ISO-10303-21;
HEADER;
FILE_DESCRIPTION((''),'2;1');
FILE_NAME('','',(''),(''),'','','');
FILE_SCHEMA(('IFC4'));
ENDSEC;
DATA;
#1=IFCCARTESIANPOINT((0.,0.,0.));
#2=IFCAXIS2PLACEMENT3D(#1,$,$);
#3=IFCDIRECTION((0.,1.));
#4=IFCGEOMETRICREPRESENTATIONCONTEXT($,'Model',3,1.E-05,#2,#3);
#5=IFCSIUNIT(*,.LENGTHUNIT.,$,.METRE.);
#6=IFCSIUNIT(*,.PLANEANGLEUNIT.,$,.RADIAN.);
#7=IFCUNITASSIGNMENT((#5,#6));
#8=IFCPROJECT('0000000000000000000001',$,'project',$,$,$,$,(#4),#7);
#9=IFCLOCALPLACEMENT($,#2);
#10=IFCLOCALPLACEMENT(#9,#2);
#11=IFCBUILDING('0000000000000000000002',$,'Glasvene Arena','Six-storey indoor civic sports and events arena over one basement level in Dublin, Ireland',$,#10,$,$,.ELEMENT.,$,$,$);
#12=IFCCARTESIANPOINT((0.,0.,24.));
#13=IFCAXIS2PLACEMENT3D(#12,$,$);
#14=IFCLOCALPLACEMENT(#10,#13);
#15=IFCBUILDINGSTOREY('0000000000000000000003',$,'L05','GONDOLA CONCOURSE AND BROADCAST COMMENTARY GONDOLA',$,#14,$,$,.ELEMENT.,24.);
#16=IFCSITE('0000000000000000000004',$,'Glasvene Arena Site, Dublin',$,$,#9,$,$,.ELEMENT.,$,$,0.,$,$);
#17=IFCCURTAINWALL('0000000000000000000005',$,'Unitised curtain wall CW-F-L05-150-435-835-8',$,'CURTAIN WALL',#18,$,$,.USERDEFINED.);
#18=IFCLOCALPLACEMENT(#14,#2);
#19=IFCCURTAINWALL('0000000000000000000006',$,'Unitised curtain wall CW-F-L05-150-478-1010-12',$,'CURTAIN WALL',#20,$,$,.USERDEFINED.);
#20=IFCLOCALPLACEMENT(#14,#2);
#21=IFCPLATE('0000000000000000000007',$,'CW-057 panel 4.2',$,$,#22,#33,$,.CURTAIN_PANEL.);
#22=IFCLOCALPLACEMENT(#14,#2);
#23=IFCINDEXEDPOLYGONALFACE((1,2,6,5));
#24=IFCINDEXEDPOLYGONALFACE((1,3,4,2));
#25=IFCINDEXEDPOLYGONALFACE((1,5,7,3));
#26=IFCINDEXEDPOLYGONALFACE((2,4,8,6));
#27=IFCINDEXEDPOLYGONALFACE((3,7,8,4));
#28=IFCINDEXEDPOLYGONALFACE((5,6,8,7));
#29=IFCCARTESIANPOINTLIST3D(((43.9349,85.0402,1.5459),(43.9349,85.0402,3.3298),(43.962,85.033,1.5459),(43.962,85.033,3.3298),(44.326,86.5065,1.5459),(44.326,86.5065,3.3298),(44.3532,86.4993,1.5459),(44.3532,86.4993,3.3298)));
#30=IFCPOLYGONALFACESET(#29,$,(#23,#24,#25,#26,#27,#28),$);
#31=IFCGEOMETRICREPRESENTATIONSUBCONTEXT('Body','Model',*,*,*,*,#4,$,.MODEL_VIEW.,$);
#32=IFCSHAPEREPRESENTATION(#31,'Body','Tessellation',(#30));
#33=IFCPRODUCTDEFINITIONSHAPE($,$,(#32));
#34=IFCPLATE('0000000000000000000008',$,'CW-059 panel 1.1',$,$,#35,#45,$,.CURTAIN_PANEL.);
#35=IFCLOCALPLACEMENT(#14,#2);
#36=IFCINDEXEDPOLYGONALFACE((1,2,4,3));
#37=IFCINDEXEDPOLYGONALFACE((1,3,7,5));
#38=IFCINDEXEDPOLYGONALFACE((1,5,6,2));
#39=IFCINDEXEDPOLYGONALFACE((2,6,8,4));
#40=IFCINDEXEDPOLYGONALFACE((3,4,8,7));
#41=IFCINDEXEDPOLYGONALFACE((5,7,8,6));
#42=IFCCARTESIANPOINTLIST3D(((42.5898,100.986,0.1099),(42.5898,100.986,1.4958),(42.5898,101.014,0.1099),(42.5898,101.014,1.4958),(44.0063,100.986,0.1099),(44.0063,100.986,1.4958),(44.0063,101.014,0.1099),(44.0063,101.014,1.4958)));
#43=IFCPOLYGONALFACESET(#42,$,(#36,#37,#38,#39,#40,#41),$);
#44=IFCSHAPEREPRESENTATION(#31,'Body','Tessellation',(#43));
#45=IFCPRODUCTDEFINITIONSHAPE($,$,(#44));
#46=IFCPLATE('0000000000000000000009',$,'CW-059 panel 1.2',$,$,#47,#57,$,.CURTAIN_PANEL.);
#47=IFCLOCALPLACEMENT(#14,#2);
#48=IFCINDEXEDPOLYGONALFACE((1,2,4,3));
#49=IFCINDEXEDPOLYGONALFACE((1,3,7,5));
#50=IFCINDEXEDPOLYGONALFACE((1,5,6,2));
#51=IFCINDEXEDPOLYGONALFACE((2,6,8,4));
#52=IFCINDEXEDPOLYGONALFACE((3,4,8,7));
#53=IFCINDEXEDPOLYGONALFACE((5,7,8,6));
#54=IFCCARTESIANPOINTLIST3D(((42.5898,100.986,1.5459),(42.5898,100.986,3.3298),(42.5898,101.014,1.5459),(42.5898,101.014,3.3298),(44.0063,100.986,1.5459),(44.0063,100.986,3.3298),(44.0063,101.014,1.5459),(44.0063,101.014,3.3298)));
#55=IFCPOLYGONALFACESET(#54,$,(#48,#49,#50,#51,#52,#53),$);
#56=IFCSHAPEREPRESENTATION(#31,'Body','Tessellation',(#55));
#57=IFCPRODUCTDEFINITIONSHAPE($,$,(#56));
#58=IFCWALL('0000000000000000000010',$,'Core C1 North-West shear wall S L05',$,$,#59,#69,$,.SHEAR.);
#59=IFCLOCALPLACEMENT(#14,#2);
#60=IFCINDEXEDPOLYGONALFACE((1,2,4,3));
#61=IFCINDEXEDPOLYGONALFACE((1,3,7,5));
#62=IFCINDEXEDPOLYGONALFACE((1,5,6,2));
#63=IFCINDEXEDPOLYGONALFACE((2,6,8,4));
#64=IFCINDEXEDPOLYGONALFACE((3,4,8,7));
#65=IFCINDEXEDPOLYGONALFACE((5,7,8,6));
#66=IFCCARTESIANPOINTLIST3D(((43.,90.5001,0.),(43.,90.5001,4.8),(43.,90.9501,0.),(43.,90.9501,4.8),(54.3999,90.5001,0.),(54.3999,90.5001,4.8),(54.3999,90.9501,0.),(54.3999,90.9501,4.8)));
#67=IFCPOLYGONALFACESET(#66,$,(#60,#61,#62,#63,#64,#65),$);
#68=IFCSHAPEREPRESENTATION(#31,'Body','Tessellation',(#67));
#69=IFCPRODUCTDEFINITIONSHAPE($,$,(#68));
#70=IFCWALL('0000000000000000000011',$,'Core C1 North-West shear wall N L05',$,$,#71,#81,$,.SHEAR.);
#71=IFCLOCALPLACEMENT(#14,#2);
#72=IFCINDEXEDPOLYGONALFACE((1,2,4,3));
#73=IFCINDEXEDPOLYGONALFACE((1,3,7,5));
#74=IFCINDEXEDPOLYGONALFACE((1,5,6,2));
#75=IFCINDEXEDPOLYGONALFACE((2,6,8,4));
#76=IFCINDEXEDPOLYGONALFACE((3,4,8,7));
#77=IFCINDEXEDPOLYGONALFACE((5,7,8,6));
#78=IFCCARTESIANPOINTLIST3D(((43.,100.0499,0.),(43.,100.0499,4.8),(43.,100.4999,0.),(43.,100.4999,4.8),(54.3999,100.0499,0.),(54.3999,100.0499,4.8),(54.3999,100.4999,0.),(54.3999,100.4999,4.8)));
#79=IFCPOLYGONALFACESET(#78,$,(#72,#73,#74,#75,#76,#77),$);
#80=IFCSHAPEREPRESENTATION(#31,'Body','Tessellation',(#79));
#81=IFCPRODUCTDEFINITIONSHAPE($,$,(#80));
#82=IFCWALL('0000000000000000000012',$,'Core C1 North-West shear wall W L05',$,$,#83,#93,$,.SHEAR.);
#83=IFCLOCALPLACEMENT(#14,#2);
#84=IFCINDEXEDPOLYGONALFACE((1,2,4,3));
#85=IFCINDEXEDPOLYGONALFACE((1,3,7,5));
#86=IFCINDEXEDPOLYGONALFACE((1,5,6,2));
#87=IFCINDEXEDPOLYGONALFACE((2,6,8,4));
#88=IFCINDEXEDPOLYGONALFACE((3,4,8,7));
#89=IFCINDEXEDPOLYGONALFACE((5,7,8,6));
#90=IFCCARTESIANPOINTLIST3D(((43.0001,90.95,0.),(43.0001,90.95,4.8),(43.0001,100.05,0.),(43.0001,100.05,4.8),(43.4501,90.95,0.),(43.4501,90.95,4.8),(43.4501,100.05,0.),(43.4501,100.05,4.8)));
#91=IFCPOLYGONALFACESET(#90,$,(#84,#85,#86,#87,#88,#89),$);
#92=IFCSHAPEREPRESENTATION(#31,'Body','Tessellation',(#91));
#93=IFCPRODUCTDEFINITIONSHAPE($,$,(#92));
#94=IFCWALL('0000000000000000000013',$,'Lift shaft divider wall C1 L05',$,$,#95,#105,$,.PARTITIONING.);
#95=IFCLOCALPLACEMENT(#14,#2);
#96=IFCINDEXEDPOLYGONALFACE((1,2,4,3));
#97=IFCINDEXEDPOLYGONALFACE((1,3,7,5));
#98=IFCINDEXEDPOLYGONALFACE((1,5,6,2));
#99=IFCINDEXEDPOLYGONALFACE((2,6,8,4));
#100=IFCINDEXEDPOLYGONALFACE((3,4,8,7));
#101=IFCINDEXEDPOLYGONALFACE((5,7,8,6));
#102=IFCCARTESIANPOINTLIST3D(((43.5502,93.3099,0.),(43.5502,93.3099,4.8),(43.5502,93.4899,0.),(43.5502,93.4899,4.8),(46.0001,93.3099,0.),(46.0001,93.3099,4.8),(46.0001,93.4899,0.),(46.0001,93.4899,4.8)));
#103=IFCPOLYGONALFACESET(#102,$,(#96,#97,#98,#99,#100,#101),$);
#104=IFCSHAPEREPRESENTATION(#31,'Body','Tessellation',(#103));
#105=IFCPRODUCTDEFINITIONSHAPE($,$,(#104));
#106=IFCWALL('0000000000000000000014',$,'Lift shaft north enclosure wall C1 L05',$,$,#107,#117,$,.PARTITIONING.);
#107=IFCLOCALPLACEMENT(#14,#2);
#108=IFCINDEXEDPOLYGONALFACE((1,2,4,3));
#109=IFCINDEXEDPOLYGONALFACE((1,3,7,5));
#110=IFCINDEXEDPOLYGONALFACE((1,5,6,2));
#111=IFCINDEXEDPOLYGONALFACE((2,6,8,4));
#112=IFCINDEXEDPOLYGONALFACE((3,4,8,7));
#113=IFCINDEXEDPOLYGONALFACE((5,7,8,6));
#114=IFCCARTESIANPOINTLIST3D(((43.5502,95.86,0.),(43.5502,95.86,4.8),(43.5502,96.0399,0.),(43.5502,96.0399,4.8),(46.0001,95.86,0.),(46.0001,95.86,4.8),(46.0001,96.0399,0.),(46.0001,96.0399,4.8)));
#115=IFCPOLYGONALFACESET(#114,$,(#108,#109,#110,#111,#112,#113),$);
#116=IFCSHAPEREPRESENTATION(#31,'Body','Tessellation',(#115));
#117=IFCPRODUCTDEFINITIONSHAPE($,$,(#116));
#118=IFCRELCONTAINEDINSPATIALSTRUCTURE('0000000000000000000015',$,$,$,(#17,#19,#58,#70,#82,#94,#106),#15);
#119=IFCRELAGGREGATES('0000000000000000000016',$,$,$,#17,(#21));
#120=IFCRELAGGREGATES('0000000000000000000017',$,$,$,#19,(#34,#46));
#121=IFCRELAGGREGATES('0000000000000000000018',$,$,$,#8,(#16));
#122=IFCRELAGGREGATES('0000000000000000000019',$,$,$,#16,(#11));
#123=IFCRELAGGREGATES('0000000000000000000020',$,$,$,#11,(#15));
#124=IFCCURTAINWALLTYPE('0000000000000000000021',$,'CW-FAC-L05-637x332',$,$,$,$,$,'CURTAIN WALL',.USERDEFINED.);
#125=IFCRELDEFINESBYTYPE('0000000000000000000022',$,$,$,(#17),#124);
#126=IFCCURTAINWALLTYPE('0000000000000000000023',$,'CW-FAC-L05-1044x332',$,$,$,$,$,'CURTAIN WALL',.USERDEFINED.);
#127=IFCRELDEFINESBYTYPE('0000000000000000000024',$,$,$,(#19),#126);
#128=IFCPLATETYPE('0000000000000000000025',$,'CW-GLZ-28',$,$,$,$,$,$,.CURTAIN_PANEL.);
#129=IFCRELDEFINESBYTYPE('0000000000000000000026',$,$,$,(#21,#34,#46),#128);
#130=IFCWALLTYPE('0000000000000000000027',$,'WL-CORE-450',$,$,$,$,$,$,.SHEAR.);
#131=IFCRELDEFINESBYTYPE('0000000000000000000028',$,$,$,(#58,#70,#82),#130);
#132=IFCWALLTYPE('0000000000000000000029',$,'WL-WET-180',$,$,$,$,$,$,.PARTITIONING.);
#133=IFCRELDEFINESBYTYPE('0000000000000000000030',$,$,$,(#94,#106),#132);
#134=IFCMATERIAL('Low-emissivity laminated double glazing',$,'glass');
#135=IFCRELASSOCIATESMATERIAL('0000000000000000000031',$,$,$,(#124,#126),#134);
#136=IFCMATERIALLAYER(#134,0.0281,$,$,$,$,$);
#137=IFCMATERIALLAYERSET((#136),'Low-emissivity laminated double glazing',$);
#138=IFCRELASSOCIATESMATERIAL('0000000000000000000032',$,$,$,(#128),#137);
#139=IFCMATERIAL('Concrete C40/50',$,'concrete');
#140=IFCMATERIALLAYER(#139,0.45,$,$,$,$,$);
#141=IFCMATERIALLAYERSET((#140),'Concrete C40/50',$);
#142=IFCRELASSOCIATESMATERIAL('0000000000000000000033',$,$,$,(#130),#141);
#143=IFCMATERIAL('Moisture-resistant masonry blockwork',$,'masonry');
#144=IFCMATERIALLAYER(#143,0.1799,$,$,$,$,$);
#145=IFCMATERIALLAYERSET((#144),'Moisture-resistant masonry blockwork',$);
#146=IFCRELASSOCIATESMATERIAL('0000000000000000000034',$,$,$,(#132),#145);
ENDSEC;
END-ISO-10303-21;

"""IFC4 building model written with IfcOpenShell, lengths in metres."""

from ifc_helpers import new_model, si_unit, direction, frame, frame_2d, origin, origin_2d, place, context, subcontext, project, spatial, rectangle, extrude, material, layer, layer_set, type_object, element, aggregate, save


model = new_model("IFC4")

# Units and contexts
model_context = context("Model", 3, precision=1e-05, world=origin(), true_north=direction((0.0, 1.0)))
body_context = subcontext(model_context, "Body", "Model", "MODEL_VIEW")
ifc_project = project(units=[si_unit("LENGTHUNIT", "METRE"), si_unit("PLANEANGLEUNIT", "RADIAN")], contexts=[model_context])

# Site, building, storey
site_placement = place(None, origin())
site = spatial("IfcSite", under=ifc_project, at=site_placement, Name="Glasvene Arena Site, Dublin", CompositionType="ELEMENT", RefElevation=0.0)
building_placement = place(site_placement, origin())
building = spatial("IfcBuilding", under=site, at=building_placement, Name="Glasvene Arena", Description="Six-storey indoor civic sports and events arena over one basement level in Dublin, Ireland", CompositionType="ELEMENT")
storey_placement = place(building_placement, frame((0.0, 0.0, 24.0)))
storey = spatial("IfcBuildingStorey", under=building, at=storey_placement, Name="L05", Description="GONDOLA CONCOURSE AND BROADCAST COMMENTARY GONDOLA", CompositionType="ELEMENT", Elevation=24.0)

# Curtain wall
ifc_material_1 = material(Name="Low-emissivity laminated double glazing", Category="glass")
curtain_wall_type_1 = type_object("IfcCurtainWallType", Name="CW-FAC-L05-637x332", ElementType="CURTAIN WALL", PredefinedType="USERDEFINED", material=ifc_material_1)
curtain_wall_1_placement = place(storey_placement, frame((42.7107, 80.3965, 0.0)))
curtain_wall_1 = element("IfcCurtainWall", 1, at=curtain_wall_1_placement, inside=storey, type_object=curtain_wall_type_1, Name="Unitised curtain wall CW-F-L05-150-435-835-8", ObjectType="CURTAIN WALL", PredefinedType="USERDEFINED")

# Curtain wall
curtain_wall_type_2 = type_object("IfcCurtainWallType", Name="CW-FAC-L05-1044x332", ElementType="CURTAIN WALL", PredefinedType="USERDEFINED", material=ifc_material_1)
curtain_wall_2_placement = place(storey_placement, frame((42.54, 101.0, 0.0)))
curtain_wall_2 = element("IfcCurtainWall", 2, at=curtain_wall_2_placement, inside=storey, type_object=curtain_wall_type_2, Name="Unitised curtain wall CW-F-L05-150-478-1010-12", ObjectType="CURTAIN WALL", PredefinedType="USERDEFINED")

# Plates
ifc_layer_1 = layer(ifc_material_1, 0.0281)
ifc_layer_set_1 = layer_set([ifc_layer_1], Name="Low-emissivity laminated double glazing")
plate_type = type_object("IfcPlateType", Name="CW-GLZ-28", PredefinedType="CURTAIN_PANEL", material=ifc_layer_set_1)
plate_1_placement = place(storey_placement, frame((44.144, 85.7698, 1.5459), z_axis=(0.0, 0.0, 1.0), x_axis=(0.257739, 0.966215, 0.0)))
plate_1 = element("IfcPlate", 3, at=plate_1_placement, type_object=plate_type, Name="CW-057 panel 4.2", PredefinedType="CURTAIN_PANEL", context=body_context, shape_type="SweptSolid", body=[
    extrude(rectangle(XDim=1.5176, YDim=0.0281, at=origin_2d()), origin(), (0.0, 0.0, 1.0), 1.7839),
])
aggregate(curtain_wall_1, [plate_1])
plate_2_placement = place(storey_placement, frame((43.2981, 101.0, 0.1099), z_axis=(0.0, 0.0, 1.0), x_axis=(1.0, 0.0, 0.0)))
plate_2 = element("IfcPlate", 4, at=plate_2_placement, type_object=plate_type, Name="CW-059 panel 1.1", PredefinedType="CURTAIN_PANEL", context=body_context, shape_type="SweptSolid", body=[
    extrude(rectangle(XDim=1.4165, YDim=0.0281, at=origin_2d()), origin(), (0.0, 0.0, 1.0), 1.386),
])
plate_3_placement = place(storey_placement, frame((43.2981, 101.0, 1.5459), z_axis=(0.0, 0.0, 1.0), x_axis=(1.0, 0.0, 0.0)))
plate_3 = element("IfcPlate", 5, at=plate_3_placement, type_object=plate_type, Name="CW-059 panel 1.2", PredefinedType="CURTAIN_PANEL", context=body_context, shape_type="SweptSolid", body=[
    extrude(rectangle(XDim=1.4165, YDim=0.0281, at=origin_2d()), origin(), (0.0, 0.0, 1.0), 1.7839),
])
aggregate(curtain_wall_2, [plate_2, plate_3])

# Walls
ifc_material_2 = material(Name="Concrete C40/50", Category="concrete")
ifc_layer_2 = layer(ifc_material_2, 0.45)
ifc_layer_set_2 = layer_set([ifc_layer_2], Name="Concrete C40/50")
wall_type_1 = type_object("IfcWallType", Name="WL-CORE-450", PredefinedType="SHEAR", material=ifc_layer_set_2)
for number, where, z_axis, x_axis, name in (
    (6, (43.0, 90.7251, 0.0), (0.0, 0.0, 1.0), (1.0, 0.0, 0.0), "Core C1 North-West shear wall S L05"),
    (7, (43.0, 100.2749, 0.0), (0.0, 0.0, 1.0), (1.0, 0.0, 0.0), "Core C1 North-West shear wall N L05"),
):
    element("IfcWall", number, at=place(storey_placement, frame(where, z_axis=z_axis, x_axis=x_axis)), inside=storey, type_object=wall_type_1, Name=name, PredefinedType="SHEAR", context=body_context, shape_type="SweptSolid", body=[
        extrude(rectangle(XDim=11.3999, YDim=0.45, at=frame_2d((5.7, 0.0))), origin(), (0.0, 0.0, 1.0), 4.8),
    ])
wall_placement = place(storey_placement, frame((43.2251, 90.95, 0.0), z_axis=(0.0, 0.0, 1.0), x_axis=(0.0, 1.0, 0.0)))
element("IfcWall", 8, at=wall_placement, inside=storey, type_object=wall_type_1, Name="Core C1 North-West shear wall W L05", PredefinedType="SHEAR", context=body_context, shape_type="SweptSolid", body=[
    extrude(rectangle(XDim=9.1001, YDim=0.45, at=frame_2d((4.55, 0.0))), origin(), (0.0, 0.0, 1.0), 4.8),
])
ifc_material_3 = material(Name="Moisture-resistant masonry blockwork", Category="masonry")
ifc_layer_3 = layer(ifc_material_3, 0.1799)
ifc_layer_set_3 = layer_set([ifc_layer_3], Name="Moisture-resistant masonry blockwork")
wall_type_2 = type_object("IfcWallType", Name="WL-WET-180", PredefinedType="PARTITIONING", material=ifc_layer_set_3)
for number, where, z_axis, x_axis, name in (
    (9, (43.55, 93.3999, 0.0), (0.0, 0.0, 1.0), (1.0, 0.0, 0.0), "Lift shaft divider wall C1 L05"),
    (10, (43.55, 95.95, 0.0), (0.0, 0.0, 1.0), (1.0, 0.0, 0.0), "Lift shaft north enclosure wall C1 L05"),
):
    element("IfcWall", number, at=place(storey_placement, frame(where, z_axis=z_axis, x_axis=x_axis)), inside=storey, type_object=wall_type_2, Name=name, PredefinedType="PARTITIONING", context=body_context, shape_type="SweptSolid", body=[
        extrude(rectangle(XDim=2.45, YDim=0.1799, at=frame_2d((1.2251, 0.0))), origin(), (0.0, 0.0, 1.0), 4.8),
    ])

save(model, "model.ifc")
